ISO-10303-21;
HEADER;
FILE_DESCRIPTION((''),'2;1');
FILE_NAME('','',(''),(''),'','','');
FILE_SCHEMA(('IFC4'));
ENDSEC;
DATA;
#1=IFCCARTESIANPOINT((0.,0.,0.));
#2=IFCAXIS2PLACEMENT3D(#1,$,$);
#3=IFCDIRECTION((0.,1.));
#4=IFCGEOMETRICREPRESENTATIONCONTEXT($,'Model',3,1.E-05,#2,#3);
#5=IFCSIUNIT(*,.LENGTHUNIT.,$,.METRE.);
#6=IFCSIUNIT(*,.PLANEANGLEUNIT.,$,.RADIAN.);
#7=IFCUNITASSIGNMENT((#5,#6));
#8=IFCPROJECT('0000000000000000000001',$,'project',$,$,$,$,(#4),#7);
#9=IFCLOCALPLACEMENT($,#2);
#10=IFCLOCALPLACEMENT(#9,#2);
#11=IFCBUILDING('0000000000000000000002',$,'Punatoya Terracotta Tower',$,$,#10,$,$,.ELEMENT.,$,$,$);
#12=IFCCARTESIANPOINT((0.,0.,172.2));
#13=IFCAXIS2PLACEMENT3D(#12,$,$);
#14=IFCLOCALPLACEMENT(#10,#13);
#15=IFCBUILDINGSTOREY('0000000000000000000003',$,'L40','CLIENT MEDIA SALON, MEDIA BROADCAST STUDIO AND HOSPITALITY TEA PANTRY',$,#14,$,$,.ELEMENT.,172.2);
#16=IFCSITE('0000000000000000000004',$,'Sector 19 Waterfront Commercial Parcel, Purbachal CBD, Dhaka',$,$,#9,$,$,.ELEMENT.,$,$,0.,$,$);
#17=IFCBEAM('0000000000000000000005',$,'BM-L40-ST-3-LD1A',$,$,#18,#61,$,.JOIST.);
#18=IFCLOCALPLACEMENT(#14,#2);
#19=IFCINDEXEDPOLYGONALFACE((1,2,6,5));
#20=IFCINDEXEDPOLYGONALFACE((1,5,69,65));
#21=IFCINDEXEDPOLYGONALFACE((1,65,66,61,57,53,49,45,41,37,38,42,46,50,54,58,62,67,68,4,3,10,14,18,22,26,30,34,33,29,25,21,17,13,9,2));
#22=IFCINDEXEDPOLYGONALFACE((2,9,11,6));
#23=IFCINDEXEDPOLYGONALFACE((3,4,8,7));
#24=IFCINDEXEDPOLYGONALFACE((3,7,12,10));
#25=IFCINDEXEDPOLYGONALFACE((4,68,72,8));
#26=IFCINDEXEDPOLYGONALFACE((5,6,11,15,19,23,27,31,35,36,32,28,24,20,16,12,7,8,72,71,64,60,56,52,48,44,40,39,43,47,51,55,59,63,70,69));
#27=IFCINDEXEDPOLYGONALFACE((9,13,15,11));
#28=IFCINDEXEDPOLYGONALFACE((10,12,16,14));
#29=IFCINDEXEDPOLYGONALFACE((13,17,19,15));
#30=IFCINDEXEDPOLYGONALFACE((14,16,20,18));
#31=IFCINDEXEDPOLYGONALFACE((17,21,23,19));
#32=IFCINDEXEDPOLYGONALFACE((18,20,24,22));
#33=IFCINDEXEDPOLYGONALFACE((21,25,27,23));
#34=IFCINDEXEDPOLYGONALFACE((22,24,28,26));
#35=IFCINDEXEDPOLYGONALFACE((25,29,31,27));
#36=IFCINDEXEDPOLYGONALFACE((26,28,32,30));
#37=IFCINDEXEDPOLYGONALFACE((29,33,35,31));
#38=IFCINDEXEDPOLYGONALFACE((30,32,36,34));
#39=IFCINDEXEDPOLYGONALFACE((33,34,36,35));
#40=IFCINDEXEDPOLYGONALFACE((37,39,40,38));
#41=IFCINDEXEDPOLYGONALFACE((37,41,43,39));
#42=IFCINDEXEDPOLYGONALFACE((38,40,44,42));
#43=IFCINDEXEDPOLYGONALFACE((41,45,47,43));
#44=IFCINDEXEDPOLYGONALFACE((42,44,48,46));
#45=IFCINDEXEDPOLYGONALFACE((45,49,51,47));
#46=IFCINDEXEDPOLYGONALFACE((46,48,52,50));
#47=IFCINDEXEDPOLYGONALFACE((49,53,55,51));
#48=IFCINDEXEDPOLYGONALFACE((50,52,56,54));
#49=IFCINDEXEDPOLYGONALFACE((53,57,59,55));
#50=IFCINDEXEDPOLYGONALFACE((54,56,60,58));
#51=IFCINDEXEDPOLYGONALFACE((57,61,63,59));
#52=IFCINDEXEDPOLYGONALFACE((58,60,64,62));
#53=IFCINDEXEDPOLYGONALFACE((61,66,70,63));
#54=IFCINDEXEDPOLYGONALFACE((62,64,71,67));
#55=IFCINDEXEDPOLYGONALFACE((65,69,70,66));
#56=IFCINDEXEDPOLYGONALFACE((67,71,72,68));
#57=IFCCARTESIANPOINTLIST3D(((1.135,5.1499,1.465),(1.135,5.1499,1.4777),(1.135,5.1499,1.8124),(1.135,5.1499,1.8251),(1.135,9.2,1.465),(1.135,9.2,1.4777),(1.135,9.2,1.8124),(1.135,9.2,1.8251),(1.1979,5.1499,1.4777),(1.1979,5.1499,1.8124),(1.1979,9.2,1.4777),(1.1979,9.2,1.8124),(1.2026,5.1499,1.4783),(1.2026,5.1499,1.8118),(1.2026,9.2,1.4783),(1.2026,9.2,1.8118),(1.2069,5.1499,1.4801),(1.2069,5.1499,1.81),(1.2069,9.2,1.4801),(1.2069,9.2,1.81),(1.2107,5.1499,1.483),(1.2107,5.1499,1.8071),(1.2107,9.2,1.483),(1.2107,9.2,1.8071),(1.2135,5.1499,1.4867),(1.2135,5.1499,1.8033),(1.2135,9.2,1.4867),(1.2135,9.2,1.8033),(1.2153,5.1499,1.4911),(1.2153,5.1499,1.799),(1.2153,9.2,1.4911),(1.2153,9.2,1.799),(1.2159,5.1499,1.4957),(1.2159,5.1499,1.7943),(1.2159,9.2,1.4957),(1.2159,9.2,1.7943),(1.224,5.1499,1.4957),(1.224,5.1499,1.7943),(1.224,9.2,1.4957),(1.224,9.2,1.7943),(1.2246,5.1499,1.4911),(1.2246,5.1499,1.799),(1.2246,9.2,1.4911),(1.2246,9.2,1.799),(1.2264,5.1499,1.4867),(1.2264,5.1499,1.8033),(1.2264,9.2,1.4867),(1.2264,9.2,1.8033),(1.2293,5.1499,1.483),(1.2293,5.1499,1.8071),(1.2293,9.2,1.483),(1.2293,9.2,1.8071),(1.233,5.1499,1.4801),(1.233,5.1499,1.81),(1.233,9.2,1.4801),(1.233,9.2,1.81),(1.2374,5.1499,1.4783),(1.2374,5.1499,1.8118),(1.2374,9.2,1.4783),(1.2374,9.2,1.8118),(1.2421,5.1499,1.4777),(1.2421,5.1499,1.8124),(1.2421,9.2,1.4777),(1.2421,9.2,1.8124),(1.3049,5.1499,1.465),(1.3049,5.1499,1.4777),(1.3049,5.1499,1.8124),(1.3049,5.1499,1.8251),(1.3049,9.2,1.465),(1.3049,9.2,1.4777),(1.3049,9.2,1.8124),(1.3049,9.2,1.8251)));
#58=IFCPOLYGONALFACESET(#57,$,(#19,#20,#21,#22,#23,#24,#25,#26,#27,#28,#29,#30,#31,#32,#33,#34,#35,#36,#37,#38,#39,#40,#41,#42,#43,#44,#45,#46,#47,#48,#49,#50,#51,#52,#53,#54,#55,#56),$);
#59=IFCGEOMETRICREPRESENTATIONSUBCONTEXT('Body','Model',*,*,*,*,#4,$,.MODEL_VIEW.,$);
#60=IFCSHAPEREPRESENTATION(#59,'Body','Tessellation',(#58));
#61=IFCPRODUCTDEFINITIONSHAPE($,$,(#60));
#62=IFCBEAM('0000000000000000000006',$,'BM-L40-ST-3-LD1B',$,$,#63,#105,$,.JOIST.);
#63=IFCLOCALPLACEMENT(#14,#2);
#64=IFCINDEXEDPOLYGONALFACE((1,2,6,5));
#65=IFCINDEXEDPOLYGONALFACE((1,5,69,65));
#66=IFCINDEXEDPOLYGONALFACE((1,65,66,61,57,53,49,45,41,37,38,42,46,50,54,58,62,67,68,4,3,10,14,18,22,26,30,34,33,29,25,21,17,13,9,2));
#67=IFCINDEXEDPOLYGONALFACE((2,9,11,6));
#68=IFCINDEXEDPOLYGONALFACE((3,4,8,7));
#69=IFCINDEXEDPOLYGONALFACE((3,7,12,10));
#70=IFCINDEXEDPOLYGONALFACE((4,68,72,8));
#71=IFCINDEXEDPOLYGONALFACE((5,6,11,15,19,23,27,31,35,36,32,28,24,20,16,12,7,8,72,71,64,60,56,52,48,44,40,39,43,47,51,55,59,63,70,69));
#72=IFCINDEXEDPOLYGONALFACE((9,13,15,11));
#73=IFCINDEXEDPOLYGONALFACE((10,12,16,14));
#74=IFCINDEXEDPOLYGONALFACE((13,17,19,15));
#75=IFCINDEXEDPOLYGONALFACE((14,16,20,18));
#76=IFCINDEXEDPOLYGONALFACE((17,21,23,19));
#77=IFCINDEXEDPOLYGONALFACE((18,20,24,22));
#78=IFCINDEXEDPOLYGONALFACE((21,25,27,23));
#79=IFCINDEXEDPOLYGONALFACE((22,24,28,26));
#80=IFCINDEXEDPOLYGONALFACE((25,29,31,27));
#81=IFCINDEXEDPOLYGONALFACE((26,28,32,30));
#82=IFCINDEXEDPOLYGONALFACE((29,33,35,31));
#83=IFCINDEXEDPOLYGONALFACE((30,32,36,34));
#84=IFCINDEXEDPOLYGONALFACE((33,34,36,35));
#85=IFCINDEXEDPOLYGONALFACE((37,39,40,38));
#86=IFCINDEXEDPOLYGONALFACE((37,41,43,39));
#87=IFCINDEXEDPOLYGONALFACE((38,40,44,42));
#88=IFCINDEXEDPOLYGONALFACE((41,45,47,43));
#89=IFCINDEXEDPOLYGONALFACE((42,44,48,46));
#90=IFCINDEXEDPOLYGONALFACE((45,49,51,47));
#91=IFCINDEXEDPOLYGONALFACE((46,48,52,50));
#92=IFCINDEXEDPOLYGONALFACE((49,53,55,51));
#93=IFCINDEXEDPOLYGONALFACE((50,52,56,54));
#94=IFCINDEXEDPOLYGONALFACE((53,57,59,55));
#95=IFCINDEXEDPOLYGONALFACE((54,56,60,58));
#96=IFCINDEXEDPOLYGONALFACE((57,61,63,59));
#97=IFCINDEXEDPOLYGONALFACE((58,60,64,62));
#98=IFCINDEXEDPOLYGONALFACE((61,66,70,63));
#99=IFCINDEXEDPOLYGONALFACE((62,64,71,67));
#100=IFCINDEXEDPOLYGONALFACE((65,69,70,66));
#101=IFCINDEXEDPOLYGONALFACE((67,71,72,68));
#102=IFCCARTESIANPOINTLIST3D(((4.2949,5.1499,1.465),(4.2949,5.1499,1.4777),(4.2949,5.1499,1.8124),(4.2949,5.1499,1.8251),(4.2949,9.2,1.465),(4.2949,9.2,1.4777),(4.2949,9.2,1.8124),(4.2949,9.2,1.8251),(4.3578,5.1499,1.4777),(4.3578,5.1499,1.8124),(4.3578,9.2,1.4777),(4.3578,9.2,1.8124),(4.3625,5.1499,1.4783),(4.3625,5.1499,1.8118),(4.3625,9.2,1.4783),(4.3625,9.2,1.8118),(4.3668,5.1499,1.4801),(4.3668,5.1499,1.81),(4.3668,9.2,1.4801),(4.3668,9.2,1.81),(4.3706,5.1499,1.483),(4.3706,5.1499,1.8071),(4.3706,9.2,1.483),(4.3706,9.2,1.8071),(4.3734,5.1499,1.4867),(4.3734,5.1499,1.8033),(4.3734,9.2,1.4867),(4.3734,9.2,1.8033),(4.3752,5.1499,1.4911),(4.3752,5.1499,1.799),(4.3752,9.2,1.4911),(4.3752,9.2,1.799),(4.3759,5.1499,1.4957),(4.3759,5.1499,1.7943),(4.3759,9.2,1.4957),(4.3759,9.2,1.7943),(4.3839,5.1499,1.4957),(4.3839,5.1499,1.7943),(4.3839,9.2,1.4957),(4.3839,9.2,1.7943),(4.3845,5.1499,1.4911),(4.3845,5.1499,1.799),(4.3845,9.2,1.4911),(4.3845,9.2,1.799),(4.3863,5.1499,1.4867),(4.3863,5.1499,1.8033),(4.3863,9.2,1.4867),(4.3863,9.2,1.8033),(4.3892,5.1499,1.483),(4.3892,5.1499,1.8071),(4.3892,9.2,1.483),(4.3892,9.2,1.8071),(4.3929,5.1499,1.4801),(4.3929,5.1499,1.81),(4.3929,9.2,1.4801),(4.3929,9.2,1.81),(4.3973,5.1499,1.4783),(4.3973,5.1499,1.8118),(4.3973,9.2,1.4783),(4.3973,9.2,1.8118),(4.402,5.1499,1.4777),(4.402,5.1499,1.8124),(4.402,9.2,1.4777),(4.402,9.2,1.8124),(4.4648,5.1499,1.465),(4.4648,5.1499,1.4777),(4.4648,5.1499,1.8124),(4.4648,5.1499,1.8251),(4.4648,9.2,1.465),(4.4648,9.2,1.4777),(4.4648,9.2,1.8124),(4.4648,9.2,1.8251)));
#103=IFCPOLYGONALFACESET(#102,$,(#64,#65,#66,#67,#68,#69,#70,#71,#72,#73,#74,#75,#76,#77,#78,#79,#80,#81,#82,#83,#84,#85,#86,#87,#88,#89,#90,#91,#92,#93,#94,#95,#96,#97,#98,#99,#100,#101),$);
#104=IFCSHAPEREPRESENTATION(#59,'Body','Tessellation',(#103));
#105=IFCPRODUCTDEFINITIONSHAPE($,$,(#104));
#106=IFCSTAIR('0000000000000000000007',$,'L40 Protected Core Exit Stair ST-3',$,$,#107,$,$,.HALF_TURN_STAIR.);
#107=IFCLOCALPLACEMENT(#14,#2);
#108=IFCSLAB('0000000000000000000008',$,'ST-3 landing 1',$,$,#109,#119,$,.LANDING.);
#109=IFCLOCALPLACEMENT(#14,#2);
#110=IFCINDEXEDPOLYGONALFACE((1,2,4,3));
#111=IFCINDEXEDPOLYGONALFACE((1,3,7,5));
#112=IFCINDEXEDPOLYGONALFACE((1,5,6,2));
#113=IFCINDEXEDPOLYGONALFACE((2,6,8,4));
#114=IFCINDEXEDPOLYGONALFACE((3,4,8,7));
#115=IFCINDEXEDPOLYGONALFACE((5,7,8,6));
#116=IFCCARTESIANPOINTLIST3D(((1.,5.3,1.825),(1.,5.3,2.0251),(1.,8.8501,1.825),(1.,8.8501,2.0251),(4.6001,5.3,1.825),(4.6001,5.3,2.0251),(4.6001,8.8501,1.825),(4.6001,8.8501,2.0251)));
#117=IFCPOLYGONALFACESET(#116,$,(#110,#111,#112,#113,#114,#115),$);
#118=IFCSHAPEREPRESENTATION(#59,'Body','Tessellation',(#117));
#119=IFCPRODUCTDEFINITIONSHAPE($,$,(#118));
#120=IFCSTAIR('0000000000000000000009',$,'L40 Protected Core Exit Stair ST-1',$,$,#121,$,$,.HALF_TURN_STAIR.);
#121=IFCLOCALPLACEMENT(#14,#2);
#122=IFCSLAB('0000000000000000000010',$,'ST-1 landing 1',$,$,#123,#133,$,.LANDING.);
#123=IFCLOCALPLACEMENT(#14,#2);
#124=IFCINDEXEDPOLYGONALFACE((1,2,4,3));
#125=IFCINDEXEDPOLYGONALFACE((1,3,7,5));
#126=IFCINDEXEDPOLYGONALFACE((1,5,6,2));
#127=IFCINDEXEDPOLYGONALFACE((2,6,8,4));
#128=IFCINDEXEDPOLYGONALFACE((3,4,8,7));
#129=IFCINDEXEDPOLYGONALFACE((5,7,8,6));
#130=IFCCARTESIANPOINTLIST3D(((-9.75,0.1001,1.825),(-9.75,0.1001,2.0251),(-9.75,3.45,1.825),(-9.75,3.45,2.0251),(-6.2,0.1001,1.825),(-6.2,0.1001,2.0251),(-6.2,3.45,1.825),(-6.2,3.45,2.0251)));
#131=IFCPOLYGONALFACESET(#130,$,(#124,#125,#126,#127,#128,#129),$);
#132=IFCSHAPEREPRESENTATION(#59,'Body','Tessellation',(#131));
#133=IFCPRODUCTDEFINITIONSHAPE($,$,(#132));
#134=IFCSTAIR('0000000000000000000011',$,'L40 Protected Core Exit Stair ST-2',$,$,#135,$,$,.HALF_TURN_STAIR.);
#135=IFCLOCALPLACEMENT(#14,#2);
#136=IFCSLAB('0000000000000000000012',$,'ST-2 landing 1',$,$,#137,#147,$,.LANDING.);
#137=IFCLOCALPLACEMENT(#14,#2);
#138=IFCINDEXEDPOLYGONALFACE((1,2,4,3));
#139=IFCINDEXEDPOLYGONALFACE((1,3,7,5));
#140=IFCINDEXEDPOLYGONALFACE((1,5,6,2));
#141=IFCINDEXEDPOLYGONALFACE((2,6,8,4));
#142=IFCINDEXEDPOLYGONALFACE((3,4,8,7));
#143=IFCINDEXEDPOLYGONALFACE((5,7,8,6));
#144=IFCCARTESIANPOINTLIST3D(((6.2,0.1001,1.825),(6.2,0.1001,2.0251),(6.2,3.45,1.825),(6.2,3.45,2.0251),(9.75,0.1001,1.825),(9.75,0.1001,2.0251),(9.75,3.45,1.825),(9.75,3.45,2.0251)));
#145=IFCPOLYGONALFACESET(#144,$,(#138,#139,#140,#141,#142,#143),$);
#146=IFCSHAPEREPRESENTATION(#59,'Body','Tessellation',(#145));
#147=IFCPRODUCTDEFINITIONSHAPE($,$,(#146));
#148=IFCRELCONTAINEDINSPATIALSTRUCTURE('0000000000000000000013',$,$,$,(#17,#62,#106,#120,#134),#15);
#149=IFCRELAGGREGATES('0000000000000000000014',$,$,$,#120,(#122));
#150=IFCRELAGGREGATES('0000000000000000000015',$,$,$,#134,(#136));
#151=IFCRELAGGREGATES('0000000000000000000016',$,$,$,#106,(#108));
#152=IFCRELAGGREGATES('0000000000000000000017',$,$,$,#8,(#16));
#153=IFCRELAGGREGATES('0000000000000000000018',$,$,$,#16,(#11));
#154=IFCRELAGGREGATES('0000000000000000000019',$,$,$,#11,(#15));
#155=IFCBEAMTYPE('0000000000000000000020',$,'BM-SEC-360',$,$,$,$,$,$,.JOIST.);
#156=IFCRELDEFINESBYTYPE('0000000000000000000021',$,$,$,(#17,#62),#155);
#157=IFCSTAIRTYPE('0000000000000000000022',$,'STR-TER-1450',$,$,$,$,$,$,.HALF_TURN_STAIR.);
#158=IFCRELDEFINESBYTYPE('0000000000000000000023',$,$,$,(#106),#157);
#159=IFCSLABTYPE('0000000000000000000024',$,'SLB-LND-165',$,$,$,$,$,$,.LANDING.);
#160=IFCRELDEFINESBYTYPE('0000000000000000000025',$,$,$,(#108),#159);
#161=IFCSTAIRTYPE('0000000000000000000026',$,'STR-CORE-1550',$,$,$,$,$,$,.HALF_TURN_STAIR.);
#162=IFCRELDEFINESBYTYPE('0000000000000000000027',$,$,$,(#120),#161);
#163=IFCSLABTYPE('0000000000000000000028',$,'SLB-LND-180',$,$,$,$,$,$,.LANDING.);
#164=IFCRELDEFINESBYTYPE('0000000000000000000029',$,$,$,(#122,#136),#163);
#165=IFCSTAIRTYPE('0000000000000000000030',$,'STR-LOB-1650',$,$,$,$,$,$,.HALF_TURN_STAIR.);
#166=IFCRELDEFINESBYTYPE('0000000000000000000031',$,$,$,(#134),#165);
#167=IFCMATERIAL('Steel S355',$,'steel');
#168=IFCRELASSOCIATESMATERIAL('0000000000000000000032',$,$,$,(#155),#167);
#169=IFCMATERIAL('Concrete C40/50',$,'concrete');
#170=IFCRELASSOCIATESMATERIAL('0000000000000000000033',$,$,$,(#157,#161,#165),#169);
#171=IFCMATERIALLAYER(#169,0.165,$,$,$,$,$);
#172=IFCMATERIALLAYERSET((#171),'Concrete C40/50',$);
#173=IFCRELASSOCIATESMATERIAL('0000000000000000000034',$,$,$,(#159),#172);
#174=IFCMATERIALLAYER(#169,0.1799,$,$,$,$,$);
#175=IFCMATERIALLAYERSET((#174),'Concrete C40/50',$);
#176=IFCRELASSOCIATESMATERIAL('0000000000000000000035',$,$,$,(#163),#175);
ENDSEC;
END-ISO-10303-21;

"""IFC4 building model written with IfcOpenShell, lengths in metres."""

from ifc_helpers import new_model, si_unit, direction, frame, origin, origin_2d, place, context, subcontext, project, spatial, polyline, i_section, outline, extrude, material, layer, layer_set, material_profile, profile_set, type_object, element, aggregate, save


model = new_model("IFC4")

# Units and contexts
model_context = context("Model", 3, precision=1e-05, world=origin(), true_north=direction((0.0, 1.0)))
body_context = subcontext(model_context, "Body", "Model", "MODEL_VIEW")
ifc_project = project(units=[si_unit("LENGTHUNIT", "METRE"), si_unit("PLANEANGLEUNIT", "RADIAN")], contexts=[model_context])

# Site, building, storey
site_placement = place(None, origin())
site = spatial("IfcSite", under=ifc_project, at=site_placement, Name="Sector 19 Waterfront Commercial Parcel, Purbachal CBD, Dhaka", CompositionType="ELEMENT", RefElevation=0.0)
building_placement = place(site_placement, origin())
building = spatial("IfcBuilding", under=site, at=building_placement, Name="Punatoya Terracotta Tower", CompositionType="ELEMENT")
storey_placement = place(building_placement, frame((0.0, 0.0, 172.2)))
storey = spatial("IfcBuildingStorey", under=building, at=storey_placement, Name="L40", Description="CLIENT MEDIA SALON, MEDIA BROADCAST STUDIO AND HOSPITALITY TEA PANTRY", CompositionType="ELEMENT", Elevation=172.2)

# Beams
ifc_material_1 = material(Name="Steel S355", Category="steel")
ifc_material_profile = material_profile(ifc_material_1, i_section(OverallWidth=0.1699, OverallDepth=0.3601, WebThickness=0.0081, FlangeThickness=0.0127, FilletRadius=0.0181, at=origin_2d()))
ifc_profile_set = profile_set([ifc_material_profile], Name="Steel S355")
beam_type = type_object("IfcBeamType", Name="BM-SEC-360", PredefinedType="JOIST", material=ifc_profile_set)
for number, where, z_axis, x_axis, name in (
    (1, (1.22, 5.1499, 1.645), (0.0, 1.0, 0.0), (-1.0, 0.0, 0.0), "BM-L40-ST-3-LD1A"),
    (2, (4.3799, 5.1499, 1.645), (0.0, 1.0, 0.0), (-1.0, 0.0, 0.0), "BM-L40-ST-3-LD1B"),
):
    element("IfcBeam", number, at=place(storey_placement, frame(where, z_axis=z_axis, x_axis=x_axis)), inside=storey, type_object=beam_type, Name=name, PredefinedType="JOIST", context=body_context, shape_type="SweptSolid", body=[
        extrude(i_section(OverallWidth=0.1699, OverallDepth=0.3601, WebThickness=0.0081, FlangeThickness=0.0127, FilletRadius=0.0181, at=origin_2d()), origin(), (0.0, 0.0, 1.0), 4.05),
    ])

# Stairs, slabs
ifc_material_2 = material(Name="Concrete C40/50", Category="concrete")
stair_type_1 = type_object("IfcStairType", Name="STR-TER-1450", PredefinedType="HALF_TURN_STAIR", material=ifc_material_2)
stair_1_placement = place(storey_placement, origin())
stair_1 = element("IfcStair", 3, at=stair_1_placement, inside=storey, type_object=stair_type_1, Name="L40 Protected Core Exit Stair ST-3", PredefinedType="HALF_TURN_STAIR")
ifc_layer_1 = layer(ifc_material_2, 0.165)
ifc_layer_set_1 = layer_set([ifc_layer_1], Name="Concrete C40/50")
slab_type_1 = type_object("IfcSlabType", Name="SLB-LND-165", PredefinedType="LANDING", material=ifc_layer_set_1)
slab_1_placement = place(storey_placement, frame((0.0, 0.0, 1.825)))
slab_1 = element("IfcSlab", 4, at=slab_1_placement, type_object=slab_type_1, Name="ST-3 landing 1", PredefinedType="LANDING", context=body_context, shape_type="SweptSolid", body=[
    extrude(outline(polyline([(1.0, 5.3), (4.6001, 5.3), (4.6001, 8.8501), (1.0, 8.8501), (1.0, 5.3)])), origin(), (0.0, 0.0, 1.0), 0.2002),
])
stair_type_2 = type_object("IfcStairType", Name="STR-CORE-1550", PredefinedType="HALF_TURN_STAIR", material=ifc_material_2)
stair_2_placement = place(storey_placement, origin())
stair_2 = element("IfcStair", 5, at=stair_2_placement, inside=storey, type_object=stair_type_2, Name="L40 Protected Core Exit Stair ST-1", PredefinedType="HALF_TURN_STAIR")
ifc_layer_2 = layer(ifc_material_2, 0.1799)
ifc_layer_set_2 = layer_set([ifc_layer_2], Name="Concrete C40/50")
slab_type_2 = type_object("IfcSlabType", Name="SLB-LND-180", PredefinedType="LANDING", material=ifc_layer_set_2)
slab_2_placement = place(storey_placement, frame((0.0, 0.0, 1.825)))
slab_2 = element("IfcSlab", 6, at=slab_2_placement, type_object=slab_type_2, Name="ST-1 landing 1", PredefinedType="LANDING", context=body_context, shape_type="SweptSolid", body=[
    extrude(outline(polyline([(-6.2, 0.1001), (-6.2, 3.45), (-9.75, 3.45), (-9.75, 0.1001), (-6.2, 0.1001)])), origin(), (0.0, 0.0, 1.0), 0.2002),
])
aggregate(stair_2, [slab_2])
stair_type_3 = type_object("IfcStairType", Name="STR-LOB-1650", PredefinedType="HALF_TURN_STAIR", material=ifc_material_2)
stair_3_placement = place(storey_placement, origin())
stair_3 = element("IfcStair", 7, at=stair_3_placement, inside=storey, type_object=stair_type_3, Name="L40 Protected Core Exit Stair ST-2", PredefinedType="HALF_TURN_STAIR")
slab_3_placement = place(storey_placement, frame((0.0, 0.0, 1.825)))
slab_3 = element("IfcSlab", 8, at=slab_3_placement, type_object=slab_type_2, Name="ST-2 landing 1", PredefinedType="LANDING", context=body_context, shape_type="SweptSolid", body=[
    extrude(outline(polyline([(9.75, 0.1001), (9.75, 3.45), (6.2, 3.45), (6.2, 0.1001), (9.75, 0.1001)])), origin(), (0.0, 0.0, 1.0), 0.2002),
])
aggregate(stair_3, [slab_3])

aggregate(stair_1, [slab_1])

save(model, "model.ifc")
